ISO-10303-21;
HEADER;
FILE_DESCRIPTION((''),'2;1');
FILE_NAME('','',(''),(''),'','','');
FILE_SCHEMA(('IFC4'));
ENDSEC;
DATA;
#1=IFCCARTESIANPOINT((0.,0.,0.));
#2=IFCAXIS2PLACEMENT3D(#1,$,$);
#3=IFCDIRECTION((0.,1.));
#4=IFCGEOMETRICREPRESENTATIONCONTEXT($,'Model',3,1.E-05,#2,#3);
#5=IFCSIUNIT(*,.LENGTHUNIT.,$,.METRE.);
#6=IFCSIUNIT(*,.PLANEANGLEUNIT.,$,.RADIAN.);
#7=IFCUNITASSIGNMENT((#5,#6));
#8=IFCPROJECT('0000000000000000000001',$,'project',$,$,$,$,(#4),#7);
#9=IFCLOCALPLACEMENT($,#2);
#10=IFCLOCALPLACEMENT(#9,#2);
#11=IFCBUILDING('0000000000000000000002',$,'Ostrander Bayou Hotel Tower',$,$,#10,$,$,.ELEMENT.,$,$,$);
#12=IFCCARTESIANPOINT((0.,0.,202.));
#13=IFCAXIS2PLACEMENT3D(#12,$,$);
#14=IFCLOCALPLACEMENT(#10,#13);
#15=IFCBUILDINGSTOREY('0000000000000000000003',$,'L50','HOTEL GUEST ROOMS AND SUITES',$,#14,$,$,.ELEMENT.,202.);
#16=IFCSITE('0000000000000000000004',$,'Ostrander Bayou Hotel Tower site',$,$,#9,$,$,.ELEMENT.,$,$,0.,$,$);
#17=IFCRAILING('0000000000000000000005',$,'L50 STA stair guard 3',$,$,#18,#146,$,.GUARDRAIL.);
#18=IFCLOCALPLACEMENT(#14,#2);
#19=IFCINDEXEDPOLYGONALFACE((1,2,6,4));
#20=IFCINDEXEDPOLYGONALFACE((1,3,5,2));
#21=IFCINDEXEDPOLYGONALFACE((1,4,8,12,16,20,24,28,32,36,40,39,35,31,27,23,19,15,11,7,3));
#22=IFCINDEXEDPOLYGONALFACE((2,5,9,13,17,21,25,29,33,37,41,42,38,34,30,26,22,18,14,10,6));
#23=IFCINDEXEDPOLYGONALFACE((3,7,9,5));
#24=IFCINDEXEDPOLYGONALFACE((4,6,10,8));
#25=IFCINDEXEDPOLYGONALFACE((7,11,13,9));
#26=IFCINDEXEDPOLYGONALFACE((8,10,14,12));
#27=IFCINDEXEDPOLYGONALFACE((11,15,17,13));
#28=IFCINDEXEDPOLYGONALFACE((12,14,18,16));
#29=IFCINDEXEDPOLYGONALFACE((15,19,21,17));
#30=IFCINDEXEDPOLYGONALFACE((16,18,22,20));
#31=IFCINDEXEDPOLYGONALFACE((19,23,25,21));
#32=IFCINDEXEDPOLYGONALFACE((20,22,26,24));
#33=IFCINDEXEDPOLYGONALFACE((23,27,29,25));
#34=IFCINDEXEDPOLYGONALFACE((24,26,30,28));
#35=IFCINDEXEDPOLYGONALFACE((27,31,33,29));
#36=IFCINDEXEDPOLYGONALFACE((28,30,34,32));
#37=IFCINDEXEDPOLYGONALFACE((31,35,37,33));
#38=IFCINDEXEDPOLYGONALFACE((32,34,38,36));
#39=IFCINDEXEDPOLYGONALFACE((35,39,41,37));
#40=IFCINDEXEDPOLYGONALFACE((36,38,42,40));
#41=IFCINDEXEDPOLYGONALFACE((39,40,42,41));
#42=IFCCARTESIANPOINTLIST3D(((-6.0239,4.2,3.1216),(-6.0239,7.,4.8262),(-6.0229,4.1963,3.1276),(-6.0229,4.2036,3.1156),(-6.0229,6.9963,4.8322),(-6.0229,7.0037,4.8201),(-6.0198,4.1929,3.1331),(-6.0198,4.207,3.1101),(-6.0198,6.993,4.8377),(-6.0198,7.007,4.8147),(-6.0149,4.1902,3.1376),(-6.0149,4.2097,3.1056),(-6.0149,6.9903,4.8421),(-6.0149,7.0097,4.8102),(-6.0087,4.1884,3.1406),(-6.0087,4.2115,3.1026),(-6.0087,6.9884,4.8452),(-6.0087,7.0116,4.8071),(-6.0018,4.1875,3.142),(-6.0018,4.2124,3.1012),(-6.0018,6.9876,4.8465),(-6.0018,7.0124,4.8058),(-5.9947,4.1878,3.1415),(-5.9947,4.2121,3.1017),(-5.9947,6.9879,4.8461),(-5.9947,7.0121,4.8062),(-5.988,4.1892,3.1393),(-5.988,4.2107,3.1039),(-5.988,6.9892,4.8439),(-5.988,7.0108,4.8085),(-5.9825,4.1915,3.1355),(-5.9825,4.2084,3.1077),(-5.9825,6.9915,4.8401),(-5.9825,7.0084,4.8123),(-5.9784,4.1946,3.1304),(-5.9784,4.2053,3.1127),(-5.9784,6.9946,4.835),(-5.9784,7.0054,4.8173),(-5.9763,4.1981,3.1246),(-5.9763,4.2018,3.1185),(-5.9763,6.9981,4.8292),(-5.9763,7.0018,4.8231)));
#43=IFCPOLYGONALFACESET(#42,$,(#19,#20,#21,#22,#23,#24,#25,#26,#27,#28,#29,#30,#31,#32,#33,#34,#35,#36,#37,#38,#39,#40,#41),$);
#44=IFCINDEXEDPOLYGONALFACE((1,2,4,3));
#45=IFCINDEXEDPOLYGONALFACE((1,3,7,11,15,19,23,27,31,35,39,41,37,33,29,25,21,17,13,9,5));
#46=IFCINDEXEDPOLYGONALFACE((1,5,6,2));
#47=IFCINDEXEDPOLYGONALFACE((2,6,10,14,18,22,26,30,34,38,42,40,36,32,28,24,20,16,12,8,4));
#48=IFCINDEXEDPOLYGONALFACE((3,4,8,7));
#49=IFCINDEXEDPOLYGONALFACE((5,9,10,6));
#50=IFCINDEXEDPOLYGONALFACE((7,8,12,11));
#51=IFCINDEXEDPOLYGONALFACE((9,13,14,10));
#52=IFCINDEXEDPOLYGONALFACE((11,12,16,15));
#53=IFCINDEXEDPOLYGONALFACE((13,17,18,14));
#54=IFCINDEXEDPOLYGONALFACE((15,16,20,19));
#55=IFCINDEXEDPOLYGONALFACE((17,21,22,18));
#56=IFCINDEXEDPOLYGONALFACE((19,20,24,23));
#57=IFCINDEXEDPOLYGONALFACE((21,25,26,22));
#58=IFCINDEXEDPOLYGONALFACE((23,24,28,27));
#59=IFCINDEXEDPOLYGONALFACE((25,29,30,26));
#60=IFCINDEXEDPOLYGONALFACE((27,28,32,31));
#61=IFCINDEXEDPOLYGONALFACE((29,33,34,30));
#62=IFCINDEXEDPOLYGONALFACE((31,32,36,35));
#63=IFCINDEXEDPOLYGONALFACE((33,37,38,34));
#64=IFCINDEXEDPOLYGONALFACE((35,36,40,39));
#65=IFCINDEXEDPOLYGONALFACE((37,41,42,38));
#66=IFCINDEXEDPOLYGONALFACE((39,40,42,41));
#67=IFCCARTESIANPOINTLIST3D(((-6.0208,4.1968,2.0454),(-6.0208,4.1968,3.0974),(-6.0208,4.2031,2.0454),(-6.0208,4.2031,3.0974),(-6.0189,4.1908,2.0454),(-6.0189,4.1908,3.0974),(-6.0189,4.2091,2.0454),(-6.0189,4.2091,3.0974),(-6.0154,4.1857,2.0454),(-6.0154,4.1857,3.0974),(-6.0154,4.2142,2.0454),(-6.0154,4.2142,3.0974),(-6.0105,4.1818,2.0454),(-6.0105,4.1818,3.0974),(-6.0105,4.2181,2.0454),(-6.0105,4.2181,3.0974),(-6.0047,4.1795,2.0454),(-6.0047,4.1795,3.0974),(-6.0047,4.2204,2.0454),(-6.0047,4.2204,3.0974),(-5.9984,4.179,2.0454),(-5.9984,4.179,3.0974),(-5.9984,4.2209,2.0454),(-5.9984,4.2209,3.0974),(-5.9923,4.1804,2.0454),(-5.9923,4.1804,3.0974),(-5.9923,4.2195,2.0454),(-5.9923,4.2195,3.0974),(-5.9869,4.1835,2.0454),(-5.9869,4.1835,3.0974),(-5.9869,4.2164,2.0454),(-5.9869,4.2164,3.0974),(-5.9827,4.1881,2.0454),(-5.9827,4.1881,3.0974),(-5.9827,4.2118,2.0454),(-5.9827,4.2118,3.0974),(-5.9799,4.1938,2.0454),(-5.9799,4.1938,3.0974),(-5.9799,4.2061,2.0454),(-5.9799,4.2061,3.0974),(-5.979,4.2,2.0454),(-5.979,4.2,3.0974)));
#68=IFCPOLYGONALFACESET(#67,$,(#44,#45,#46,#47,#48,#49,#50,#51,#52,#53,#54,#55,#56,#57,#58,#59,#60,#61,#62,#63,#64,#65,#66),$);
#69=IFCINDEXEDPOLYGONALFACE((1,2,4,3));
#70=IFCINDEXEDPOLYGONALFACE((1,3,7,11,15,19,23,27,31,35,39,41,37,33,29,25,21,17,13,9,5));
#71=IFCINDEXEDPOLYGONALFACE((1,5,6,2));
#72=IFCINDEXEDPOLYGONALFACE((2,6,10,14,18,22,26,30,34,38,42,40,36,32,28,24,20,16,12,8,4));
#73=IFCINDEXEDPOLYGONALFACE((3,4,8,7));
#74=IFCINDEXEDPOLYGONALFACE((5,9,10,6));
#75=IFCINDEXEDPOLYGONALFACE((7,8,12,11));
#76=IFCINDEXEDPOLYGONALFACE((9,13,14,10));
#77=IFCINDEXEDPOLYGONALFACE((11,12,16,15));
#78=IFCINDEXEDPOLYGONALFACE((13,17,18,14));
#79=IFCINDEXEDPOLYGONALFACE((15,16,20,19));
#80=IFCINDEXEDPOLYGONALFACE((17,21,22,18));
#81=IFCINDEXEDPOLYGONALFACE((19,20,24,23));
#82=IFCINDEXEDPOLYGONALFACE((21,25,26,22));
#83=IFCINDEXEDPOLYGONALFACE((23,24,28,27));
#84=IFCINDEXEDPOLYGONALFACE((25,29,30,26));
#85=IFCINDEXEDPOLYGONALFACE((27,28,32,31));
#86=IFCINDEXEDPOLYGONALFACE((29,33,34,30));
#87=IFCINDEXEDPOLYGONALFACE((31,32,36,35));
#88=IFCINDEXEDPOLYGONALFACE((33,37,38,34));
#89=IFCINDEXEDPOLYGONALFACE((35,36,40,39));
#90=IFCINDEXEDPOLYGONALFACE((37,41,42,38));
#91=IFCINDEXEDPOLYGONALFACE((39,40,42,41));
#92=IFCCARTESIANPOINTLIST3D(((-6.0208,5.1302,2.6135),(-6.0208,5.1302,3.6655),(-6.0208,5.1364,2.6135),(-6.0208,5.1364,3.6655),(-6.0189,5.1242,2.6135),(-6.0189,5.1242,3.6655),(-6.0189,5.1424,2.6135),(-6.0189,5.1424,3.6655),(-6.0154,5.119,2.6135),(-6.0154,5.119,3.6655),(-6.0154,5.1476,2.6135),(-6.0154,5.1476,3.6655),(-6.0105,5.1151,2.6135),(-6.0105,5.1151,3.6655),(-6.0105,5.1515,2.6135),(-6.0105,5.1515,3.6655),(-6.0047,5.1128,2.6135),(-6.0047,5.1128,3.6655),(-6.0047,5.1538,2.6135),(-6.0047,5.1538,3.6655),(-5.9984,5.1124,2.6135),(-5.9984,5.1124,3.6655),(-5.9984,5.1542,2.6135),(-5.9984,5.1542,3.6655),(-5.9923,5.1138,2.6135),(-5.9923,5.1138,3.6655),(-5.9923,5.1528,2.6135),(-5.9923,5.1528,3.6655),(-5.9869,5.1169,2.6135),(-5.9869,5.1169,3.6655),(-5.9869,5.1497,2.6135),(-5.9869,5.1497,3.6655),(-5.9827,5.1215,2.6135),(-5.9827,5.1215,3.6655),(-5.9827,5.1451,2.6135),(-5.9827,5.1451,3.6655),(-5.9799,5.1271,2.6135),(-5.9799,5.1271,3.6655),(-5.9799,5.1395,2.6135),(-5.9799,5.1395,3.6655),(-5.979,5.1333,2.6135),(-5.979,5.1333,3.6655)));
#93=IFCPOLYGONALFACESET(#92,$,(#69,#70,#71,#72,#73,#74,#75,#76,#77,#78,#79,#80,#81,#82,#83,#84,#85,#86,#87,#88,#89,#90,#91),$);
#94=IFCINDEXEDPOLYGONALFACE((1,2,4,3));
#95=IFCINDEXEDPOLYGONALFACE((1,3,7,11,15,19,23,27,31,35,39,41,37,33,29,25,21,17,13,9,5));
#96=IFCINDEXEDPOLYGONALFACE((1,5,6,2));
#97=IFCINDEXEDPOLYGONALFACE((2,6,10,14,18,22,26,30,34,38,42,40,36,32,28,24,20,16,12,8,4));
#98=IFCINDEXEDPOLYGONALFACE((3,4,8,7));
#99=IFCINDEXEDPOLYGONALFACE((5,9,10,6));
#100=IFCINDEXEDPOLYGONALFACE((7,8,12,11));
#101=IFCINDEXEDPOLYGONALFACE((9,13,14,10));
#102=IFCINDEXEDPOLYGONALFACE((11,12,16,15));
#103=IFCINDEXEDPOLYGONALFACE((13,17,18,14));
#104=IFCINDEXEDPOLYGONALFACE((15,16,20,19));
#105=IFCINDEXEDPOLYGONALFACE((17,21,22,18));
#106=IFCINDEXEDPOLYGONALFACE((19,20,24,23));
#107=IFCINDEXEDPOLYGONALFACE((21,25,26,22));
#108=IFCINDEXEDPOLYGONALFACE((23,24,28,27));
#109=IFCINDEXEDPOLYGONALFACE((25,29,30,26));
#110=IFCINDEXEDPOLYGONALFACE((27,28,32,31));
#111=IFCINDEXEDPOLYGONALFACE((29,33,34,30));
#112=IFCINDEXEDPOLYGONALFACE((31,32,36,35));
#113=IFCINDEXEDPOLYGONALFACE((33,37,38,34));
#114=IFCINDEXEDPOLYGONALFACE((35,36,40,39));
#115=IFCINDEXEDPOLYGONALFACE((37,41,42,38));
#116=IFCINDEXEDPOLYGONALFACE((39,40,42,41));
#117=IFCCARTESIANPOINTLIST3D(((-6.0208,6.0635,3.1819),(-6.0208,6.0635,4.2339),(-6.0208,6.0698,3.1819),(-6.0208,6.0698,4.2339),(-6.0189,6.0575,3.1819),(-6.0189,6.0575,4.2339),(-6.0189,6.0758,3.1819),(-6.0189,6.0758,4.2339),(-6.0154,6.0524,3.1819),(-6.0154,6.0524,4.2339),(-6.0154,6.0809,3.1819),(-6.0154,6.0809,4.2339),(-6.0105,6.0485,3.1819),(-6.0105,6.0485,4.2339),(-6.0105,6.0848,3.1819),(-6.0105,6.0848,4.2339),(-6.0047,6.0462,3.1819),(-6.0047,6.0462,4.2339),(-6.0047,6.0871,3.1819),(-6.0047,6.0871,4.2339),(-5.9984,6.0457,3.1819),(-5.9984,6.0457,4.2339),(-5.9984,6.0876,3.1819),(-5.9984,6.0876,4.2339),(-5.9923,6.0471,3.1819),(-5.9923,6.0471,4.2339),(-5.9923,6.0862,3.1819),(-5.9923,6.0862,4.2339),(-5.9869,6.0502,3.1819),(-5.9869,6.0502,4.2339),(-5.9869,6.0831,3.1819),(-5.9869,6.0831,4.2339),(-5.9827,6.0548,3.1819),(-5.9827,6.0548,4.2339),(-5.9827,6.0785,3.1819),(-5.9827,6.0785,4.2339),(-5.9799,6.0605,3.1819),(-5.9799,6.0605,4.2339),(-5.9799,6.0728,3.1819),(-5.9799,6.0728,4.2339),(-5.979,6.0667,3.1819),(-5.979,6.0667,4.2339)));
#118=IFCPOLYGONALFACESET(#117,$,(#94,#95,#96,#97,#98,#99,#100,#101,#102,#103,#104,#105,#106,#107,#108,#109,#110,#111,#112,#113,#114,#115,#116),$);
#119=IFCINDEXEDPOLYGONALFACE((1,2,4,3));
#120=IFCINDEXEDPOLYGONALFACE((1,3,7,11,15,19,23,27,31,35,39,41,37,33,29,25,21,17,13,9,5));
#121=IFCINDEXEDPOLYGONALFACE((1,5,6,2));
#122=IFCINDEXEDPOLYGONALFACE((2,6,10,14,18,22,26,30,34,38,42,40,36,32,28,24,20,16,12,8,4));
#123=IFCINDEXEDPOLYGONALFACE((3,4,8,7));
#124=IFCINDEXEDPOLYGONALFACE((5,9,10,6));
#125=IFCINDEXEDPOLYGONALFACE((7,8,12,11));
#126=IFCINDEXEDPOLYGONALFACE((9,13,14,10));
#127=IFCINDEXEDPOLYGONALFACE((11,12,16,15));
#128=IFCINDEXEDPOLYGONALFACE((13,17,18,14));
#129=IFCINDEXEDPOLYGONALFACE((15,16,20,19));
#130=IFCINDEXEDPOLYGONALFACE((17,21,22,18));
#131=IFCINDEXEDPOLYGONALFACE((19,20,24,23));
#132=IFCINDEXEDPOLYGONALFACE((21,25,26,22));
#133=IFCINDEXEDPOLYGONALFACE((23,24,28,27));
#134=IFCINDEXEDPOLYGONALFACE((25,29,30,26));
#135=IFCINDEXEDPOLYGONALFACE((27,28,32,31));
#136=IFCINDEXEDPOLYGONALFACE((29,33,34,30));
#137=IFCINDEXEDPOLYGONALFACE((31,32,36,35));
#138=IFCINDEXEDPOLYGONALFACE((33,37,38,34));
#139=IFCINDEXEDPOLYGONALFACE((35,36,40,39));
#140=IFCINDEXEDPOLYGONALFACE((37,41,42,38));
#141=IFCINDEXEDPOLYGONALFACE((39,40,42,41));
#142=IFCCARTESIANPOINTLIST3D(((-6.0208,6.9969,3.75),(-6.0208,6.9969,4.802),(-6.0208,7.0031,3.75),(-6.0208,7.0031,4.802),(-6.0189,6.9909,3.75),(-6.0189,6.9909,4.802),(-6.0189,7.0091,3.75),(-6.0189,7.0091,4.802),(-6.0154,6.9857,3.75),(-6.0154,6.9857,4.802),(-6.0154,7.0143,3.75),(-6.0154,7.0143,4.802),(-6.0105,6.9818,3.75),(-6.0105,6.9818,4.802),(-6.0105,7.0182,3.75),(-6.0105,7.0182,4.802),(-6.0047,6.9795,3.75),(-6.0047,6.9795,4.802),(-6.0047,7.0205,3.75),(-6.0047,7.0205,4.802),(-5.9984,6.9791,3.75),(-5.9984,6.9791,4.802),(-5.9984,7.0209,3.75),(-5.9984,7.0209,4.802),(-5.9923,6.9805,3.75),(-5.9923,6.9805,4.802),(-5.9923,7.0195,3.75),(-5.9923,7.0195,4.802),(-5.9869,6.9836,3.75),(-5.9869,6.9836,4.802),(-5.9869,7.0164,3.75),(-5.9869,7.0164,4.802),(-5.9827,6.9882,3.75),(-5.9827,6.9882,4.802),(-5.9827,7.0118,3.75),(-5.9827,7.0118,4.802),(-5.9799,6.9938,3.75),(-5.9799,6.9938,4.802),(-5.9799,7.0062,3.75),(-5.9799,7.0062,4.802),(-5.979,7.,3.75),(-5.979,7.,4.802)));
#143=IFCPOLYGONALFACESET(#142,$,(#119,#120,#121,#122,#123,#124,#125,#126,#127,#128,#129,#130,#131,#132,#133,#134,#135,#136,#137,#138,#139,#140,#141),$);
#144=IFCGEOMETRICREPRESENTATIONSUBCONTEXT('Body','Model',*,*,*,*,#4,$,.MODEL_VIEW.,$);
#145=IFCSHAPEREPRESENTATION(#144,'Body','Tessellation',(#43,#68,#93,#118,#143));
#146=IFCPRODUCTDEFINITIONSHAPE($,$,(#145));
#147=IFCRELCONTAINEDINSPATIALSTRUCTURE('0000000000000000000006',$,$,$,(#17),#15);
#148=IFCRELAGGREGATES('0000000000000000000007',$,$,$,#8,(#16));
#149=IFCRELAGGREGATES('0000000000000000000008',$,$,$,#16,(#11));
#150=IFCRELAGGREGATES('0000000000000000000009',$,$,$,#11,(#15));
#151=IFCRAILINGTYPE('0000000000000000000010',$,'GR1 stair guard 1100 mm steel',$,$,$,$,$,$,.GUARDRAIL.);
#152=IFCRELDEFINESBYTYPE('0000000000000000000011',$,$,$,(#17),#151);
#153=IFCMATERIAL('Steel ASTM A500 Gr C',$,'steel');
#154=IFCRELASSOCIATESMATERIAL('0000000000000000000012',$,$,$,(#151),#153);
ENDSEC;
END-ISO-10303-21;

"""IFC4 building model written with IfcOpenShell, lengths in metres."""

from ifc_helpers import new_model, si_unit, direction, frame, origin, origin_2d, place, context, subcontext, project, spatial, circle, extrude, material, type_object, element, save


model = new_model("IFC4")

# Units and contexts
model_context = context("Model", 3, precision=1e-05, world=origin(), true_north=direction((0.0, 1.0)))
body_context = subcontext(model_context, "Body", "Model", "MODEL_VIEW")
ifc_project = project(units=[si_unit("LENGTHUNIT", "METRE"), si_unit("PLANEANGLEUNIT", "RADIAN")], contexts=[model_context])

# Site, building, storey
site_placement = place(None, origin())
site = spatial("IfcSite", under=ifc_project, at=site_placement, Name="Ostrander Bayou Hotel Tower site", CompositionType="ELEMENT", RefElevation=0.0)
building_placement = place(site_placement, origin())
building = spatial("IfcBuilding", under=site, at=building_placement, Name="Ostrander Bayou Hotel Tower", CompositionType="ELEMENT")
storey_placement = place(building_placement, frame((0.0, 0.0, 202.0)))
storey = spatial("IfcBuildingStorey", under=building, at=storey_placement, Name="L50", Description="HOTEL GUEST ROOMS AND SUITES", CompositionType="ELEMENT", Elevation=202.0)

# Railing
ifc_material_1 = material(Name="Steel ASTM A500 Gr C", Category="steel")
railing_type_1 = type_object("IfcRailingType", Name="GR1 stair guard 1100 mm steel", PredefinedType="GUARDRAIL", material=ifc_material_1)
railing_1_placement = place(storey_placement, frame((-6.0, 4.2, 2.0454)))
element("IfcRailing", 1, at=railing_1_placement, inside=storey, type_object=railing_type_1, Name="L50 STA stair guard 3", PredefinedType="GUARDRAIL", context=body_context, shape_type="SweptSolid", body=[
    extrude(circle(Radius=0.0239, at=origin_2d()), frame((0.0, 0.0, 1.0762), z_axis=(0.0, 0.85417, 0.519994), x_axis=(-1.0, 0.0, 0.0)), (0.0, 0.0, 1.0), 3.2781),
    extrude(circle(Radius=0.021, at=origin_2d()), origin(), (0.0, 0.0, 1.0), 1.052),
    extrude(circle(Radius=0.021, at=origin_2d()), frame((0.0, 0.9333, 0.5681)), (0.0, 0.0, 1.0), 1.052),
    extrude(circle(Radius=0.021, at=origin_2d()), frame((0.0, 1.8667, 1.1365)), (0.0, 0.0, 1.0), 1.052),
    extrude(circle(Radius=0.021, at=origin_2d()), frame((0.0, 2.8, 1.7046)), (0.0, 0.0, 1.0), 1.052),
])

save(model, "model.ifc")
